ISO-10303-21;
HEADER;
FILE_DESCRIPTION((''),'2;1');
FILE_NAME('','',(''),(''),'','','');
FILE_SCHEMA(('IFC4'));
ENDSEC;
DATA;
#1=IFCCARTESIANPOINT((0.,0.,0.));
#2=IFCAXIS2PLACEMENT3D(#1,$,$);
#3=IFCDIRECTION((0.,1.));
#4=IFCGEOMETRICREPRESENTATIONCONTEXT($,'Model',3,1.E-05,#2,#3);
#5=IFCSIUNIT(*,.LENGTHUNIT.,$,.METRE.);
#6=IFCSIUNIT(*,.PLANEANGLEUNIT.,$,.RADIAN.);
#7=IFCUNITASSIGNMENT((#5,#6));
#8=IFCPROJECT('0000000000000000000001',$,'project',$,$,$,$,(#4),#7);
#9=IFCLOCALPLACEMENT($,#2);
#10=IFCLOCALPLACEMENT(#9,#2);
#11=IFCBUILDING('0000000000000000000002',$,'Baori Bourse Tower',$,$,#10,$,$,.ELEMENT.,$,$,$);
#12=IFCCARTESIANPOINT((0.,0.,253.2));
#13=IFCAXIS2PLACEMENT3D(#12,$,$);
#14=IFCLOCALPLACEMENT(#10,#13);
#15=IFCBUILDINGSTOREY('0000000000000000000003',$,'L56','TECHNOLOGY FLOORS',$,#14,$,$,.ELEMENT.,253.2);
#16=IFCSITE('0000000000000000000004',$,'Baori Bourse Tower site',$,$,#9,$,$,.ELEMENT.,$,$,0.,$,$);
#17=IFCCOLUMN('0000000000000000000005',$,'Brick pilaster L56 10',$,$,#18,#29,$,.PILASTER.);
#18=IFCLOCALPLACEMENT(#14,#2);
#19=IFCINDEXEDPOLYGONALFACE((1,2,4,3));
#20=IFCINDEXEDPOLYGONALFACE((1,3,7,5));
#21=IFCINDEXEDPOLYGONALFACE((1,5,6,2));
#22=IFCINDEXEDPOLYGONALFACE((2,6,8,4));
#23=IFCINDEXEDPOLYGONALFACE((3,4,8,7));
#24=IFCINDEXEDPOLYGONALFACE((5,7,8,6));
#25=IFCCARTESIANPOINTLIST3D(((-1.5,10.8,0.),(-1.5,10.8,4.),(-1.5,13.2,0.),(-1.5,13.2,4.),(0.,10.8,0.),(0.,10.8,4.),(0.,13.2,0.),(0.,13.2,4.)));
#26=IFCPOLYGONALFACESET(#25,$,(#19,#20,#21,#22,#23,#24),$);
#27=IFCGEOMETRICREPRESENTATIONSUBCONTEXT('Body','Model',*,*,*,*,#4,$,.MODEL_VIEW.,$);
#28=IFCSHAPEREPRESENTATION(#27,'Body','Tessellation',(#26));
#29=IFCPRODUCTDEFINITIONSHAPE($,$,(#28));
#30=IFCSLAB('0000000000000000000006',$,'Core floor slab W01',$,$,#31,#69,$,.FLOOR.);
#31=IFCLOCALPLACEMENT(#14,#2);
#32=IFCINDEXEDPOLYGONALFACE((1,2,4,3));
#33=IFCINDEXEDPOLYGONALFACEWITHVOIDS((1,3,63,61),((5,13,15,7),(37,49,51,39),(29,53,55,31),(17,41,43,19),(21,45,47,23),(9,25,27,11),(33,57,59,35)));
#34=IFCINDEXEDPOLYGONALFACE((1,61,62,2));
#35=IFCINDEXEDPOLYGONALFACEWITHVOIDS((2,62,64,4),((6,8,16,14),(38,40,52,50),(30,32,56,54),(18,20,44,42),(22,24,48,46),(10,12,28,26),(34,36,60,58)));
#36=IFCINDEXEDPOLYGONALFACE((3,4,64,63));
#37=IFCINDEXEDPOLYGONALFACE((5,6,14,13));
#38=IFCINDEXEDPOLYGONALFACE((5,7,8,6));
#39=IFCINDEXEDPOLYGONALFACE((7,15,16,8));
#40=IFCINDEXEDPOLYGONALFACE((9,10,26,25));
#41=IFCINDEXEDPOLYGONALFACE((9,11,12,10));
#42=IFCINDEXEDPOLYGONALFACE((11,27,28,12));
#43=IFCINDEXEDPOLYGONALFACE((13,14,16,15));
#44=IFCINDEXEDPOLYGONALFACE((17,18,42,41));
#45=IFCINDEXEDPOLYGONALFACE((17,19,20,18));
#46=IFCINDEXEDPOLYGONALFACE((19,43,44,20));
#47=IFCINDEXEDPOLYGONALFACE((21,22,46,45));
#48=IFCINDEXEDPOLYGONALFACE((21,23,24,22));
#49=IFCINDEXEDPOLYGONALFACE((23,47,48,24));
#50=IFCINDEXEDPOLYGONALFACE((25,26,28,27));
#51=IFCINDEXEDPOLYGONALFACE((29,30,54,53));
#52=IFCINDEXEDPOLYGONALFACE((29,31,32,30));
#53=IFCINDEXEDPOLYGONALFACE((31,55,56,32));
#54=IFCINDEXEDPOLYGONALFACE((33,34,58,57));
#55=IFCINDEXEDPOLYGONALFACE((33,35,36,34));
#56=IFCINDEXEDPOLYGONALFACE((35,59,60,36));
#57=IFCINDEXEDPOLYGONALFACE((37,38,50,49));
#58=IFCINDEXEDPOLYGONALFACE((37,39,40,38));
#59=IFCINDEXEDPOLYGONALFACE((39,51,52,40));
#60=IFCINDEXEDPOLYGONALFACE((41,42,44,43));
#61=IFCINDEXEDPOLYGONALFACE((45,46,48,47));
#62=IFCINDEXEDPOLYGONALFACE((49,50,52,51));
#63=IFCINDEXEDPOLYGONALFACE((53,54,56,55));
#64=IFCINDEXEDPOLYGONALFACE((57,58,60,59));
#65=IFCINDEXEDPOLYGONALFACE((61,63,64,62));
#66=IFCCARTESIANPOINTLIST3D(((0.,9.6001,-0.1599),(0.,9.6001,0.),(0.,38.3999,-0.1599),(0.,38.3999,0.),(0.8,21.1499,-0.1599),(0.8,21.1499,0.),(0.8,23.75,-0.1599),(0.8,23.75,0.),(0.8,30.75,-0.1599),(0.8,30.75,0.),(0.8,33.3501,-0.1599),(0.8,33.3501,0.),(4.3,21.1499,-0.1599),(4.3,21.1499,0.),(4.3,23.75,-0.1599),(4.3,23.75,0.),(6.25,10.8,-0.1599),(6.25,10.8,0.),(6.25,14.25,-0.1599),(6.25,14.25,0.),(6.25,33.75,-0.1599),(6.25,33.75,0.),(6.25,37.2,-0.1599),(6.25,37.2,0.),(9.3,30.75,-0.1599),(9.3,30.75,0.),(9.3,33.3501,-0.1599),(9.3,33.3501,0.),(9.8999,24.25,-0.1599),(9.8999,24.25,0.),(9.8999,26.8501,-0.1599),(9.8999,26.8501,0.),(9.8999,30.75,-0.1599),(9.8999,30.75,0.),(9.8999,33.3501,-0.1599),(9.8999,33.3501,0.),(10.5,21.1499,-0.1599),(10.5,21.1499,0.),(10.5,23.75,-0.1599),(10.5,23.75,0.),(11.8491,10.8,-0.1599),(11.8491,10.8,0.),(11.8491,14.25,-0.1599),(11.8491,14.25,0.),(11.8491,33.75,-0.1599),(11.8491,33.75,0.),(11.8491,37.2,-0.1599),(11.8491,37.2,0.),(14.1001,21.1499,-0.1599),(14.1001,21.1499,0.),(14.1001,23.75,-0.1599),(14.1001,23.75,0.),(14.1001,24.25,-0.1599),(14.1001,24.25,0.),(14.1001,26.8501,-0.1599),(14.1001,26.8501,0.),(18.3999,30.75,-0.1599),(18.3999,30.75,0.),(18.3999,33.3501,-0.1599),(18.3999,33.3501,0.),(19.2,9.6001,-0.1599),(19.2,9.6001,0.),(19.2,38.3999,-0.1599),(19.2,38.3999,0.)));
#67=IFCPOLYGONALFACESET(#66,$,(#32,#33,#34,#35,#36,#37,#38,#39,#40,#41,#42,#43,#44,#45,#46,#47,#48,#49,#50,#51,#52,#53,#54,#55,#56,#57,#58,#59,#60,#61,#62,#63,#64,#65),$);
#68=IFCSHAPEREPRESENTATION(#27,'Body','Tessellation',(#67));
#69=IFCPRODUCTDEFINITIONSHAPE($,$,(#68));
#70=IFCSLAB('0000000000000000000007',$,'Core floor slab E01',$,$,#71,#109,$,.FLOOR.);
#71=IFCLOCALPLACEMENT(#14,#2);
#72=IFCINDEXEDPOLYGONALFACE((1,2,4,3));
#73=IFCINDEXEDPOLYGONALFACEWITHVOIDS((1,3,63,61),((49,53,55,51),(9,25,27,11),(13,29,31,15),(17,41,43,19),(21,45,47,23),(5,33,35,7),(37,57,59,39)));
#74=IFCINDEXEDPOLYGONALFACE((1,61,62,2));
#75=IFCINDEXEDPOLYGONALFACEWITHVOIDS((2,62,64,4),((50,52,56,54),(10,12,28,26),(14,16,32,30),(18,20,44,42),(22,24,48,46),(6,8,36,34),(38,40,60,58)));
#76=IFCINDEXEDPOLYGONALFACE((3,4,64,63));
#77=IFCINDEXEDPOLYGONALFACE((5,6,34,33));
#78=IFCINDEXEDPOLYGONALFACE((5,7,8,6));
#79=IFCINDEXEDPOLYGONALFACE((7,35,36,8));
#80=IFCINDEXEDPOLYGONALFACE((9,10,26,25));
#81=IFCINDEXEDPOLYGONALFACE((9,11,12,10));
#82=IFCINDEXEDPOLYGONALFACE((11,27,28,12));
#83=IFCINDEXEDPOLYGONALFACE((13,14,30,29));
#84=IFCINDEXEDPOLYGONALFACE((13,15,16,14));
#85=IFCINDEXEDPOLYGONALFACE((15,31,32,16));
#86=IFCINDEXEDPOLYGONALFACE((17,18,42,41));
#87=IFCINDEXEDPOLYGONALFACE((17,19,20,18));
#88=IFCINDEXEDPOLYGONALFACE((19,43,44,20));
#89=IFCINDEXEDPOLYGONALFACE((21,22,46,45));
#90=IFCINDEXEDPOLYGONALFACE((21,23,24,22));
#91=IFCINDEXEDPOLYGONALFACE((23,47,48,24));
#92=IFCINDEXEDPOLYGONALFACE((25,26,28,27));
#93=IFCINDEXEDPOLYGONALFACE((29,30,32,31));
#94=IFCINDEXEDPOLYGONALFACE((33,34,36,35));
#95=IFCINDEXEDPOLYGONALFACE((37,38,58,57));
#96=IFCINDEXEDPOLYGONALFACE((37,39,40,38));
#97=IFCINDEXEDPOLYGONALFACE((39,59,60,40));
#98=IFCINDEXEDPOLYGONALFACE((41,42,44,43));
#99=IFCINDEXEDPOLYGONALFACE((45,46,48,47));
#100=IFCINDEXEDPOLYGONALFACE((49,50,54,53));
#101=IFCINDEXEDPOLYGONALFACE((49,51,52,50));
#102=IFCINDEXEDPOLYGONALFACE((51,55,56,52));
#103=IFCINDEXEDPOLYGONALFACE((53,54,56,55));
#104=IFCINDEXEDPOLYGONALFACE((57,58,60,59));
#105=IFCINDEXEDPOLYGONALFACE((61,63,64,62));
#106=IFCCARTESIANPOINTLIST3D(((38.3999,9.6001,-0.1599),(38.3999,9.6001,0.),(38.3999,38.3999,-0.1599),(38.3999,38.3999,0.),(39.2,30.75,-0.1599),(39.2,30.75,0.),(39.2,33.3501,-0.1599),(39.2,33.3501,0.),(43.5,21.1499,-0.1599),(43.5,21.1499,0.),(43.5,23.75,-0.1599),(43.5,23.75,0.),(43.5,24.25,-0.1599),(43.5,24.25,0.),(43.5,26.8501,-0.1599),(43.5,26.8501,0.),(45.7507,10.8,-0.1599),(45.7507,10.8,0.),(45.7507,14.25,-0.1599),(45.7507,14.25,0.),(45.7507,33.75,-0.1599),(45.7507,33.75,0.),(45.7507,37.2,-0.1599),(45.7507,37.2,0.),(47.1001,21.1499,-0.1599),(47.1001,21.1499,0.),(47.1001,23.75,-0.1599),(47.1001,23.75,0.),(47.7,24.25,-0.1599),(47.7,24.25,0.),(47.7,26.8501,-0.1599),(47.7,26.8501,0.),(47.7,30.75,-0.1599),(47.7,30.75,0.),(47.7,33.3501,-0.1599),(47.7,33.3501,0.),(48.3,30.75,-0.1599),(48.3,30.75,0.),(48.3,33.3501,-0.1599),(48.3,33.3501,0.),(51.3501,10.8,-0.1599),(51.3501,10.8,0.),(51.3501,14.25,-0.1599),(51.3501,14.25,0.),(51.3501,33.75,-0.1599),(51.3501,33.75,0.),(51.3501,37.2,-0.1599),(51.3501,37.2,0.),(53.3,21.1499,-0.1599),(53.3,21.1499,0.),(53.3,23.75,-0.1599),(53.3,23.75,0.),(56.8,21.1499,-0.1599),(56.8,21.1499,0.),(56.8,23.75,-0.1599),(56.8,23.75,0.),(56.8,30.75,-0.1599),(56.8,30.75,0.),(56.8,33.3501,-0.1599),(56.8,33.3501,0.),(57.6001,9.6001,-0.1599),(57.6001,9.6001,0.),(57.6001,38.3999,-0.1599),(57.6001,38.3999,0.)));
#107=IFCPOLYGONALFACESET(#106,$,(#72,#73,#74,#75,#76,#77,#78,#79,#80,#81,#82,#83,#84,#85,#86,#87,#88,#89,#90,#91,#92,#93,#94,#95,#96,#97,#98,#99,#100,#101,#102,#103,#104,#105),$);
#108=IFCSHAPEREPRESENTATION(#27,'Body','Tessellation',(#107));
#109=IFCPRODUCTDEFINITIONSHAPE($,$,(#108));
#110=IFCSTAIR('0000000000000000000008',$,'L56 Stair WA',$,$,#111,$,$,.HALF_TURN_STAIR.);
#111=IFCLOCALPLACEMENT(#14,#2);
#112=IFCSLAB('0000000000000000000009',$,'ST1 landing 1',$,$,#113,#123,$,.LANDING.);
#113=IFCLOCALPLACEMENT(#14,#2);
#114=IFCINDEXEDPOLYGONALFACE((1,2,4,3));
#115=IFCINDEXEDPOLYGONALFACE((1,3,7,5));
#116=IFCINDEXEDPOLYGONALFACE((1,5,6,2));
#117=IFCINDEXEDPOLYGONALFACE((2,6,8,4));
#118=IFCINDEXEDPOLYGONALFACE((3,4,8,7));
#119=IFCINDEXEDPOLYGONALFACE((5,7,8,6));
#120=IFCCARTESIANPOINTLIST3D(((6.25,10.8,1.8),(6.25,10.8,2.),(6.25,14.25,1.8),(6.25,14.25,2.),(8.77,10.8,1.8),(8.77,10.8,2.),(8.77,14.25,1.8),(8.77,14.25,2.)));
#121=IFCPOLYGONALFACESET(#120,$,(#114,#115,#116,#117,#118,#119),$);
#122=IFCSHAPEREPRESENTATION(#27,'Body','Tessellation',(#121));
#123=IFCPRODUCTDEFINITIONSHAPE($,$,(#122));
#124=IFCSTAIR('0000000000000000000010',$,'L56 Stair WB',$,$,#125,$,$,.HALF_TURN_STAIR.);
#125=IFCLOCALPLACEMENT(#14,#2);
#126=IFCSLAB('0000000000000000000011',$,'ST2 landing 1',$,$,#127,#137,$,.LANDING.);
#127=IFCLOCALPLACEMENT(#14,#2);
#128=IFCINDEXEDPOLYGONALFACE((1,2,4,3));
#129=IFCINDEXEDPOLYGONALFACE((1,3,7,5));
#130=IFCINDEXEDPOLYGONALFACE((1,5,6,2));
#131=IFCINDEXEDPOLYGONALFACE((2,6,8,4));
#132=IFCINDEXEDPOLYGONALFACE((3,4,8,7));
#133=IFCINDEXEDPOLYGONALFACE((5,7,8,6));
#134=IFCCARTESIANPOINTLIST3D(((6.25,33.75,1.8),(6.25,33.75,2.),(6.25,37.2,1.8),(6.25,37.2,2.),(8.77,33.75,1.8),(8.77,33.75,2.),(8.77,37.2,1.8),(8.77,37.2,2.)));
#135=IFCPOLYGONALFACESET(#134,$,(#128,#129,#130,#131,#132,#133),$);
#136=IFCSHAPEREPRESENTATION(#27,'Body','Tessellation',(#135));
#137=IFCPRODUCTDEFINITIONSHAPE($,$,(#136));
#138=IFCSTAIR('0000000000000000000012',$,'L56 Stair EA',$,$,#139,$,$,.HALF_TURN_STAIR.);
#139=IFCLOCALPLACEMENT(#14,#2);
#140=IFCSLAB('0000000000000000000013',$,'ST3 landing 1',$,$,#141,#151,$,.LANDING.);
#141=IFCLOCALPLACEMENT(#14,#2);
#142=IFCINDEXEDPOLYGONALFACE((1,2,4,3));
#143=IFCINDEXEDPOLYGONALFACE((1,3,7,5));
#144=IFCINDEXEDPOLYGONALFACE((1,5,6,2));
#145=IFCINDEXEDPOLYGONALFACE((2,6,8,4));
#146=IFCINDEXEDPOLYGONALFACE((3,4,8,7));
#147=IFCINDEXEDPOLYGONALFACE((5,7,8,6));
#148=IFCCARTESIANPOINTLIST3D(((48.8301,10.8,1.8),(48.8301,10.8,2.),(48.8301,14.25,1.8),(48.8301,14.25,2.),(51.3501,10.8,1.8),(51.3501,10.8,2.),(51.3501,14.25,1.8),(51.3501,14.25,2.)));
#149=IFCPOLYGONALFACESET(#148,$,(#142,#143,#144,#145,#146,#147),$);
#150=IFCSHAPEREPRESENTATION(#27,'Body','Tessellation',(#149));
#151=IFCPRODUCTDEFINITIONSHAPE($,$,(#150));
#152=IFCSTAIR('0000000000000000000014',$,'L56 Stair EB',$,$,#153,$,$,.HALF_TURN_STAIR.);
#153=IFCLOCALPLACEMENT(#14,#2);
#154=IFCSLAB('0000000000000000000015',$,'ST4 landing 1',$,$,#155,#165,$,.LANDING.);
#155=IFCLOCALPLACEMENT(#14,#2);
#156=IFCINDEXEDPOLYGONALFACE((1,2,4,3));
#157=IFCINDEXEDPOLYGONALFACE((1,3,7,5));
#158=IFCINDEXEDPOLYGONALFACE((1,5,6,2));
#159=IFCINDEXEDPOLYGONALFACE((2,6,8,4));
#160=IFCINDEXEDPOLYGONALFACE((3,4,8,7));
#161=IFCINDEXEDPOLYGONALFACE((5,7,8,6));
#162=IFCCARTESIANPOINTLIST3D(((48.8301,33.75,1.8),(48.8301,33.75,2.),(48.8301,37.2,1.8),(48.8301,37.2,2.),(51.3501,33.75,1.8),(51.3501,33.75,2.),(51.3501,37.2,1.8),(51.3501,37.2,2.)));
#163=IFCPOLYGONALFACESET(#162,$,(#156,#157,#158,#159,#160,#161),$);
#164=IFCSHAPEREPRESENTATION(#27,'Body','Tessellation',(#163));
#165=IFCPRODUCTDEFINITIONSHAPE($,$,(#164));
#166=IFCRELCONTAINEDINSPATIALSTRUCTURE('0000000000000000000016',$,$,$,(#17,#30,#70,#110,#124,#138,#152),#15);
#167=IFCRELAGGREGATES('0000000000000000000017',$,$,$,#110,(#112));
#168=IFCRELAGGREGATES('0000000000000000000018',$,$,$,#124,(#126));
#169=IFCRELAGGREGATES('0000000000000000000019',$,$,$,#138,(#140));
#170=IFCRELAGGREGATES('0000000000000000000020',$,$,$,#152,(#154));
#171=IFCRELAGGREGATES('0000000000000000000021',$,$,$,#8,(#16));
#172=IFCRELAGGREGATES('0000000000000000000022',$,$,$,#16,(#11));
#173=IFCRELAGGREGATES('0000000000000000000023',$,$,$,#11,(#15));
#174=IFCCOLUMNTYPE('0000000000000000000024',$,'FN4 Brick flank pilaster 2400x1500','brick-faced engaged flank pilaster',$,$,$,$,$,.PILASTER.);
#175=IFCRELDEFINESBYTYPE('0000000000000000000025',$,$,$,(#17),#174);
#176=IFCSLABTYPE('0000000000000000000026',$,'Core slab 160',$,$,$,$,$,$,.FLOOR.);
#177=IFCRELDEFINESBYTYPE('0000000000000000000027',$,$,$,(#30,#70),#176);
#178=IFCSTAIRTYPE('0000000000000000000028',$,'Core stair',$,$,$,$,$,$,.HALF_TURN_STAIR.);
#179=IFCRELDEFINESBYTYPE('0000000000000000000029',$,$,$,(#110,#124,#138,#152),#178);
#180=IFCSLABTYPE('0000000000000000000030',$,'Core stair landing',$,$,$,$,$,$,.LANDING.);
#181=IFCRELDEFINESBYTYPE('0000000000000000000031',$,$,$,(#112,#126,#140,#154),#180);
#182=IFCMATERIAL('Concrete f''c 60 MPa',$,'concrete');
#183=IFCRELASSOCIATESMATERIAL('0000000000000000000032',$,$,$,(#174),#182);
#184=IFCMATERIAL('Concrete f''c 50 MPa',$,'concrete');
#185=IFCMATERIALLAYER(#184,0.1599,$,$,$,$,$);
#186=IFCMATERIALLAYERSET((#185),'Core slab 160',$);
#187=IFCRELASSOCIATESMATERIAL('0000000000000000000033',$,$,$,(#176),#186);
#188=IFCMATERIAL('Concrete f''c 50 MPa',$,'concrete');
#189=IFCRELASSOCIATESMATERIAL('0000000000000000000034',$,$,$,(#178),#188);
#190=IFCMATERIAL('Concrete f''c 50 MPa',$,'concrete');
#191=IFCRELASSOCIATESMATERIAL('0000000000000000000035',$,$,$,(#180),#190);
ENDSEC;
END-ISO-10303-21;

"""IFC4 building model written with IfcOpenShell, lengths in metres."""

from ifc_helpers import new_model, si_unit, direction, frame, origin, origin_2d, place, context, subcontext, project, spatial, polyline, rectangle, outline, extrude, material, layer, layer_set, material_profile, profile_set, type_object, element, aggregate, save


model = new_model("IFC4")

# Units and contexts
model_context = context("Model", 3, precision=1e-05, world=origin(), true_north=direction((0.0, 1.0)))
body_context = subcontext(model_context, "Body", "Model", "MODEL_VIEW")
ifc_project = project(units=[si_unit("LENGTHUNIT", "METRE"), si_unit("PLANEANGLEUNIT", "RADIAN")], contexts=[model_context])

# Site, building, storey
site_placement = place(None, origin())
site = spatial("IfcSite", under=ifc_project, at=site_placement, Name="Baori Bourse Tower site", CompositionType="ELEMENT", RefElevation=0.0)
building_placement = place(site_placement, origin())
building = spatial("IfcBuilding", under=site, at=building_placement, Name="Baori Bourse Tower", CompositionType="ELEMENT")
storey_placement = place(building_placement, frame((0.0, 0.0, 253.2)))
storey = spatial("IfcBuildingStorey", under=building, at=storey_placement, Name="L56", Description="TECHNOLOGY FLOORS", CompositionType="ELEMENT", Elevation=253.2)

# Column
ifc_material_1 = material(Name="Concrete f'c 60 MPa", Category="concrete")
ifc_material_profile = material_profile(ifc_material_1, rectangle(XDim=2.3999, YDim=1.5, at=origin_2d()), Name="RC 2400x1500")
ifc_profile_set = profile_set([ifc_material_profile], Name="Concrete f'c 60 MPa")
column_type = type_object("IfcColumnType", Name="FN4 Brick flank pilaster 2400x1500", Description="brick-faced engaged flank pilaster", PredefinedType="PILASTER", material=ifc_profile_set)
column_placement = place(storey_placement, frame((-0.75, 12.0, 0.0), z_axis=(0.0, 0.0, 1.0), x_axis=(0.0, 1.0, 0.0)))
element("IfcColumn", 1, at=column_placement, inside=storey, type_object=column_type, Name="Brick pilaster L56 10", PredefinedType="PILASTER", context=body_context, shape_type="SweptSolid", body=[
    extrude(rectangle(XDim=2.3999, YDim=1.5, at=origin_2d()), origin(), (0.0, 0.0, 1.0), 4.0),
])

# Slabs
ifc_material_2 = material(Name="Concrete f'c 50 MPa", Category="concrete")
ifc_layer_1 = layer(ifc_material_2, 0.1599)
ifc_layer_set_1 = layer_set([ifc_layer_1], Name="Core slab 160")
slab_type_1 = type_object("IfcSlabType", Name="Core slab 160", PredefinedType="FLOOR", material=ifc_layer_set_1)
slab_1_placement = place(storey_placement, frame((0.0, 0.0, -0.1599)))
element("IfcSlab", 2, at=slab_1_placement, inside=storey, type_object=slab_type_1, Name="Core floor slab W01", PredefinedType="FLOOR", context=body_context, shape_type="SweptSolid", body=[
    extrude(outline(polyline([(19.2, 38.3999), (0.0, 38.3999), (0.0, 9.6001), (19.2, 9.6001), (19.2, 38.3999)]), holes=[polyline([(9.8999, 33.3501), (18.3999, 33.3501), (18.3999, 30.75), (9.8999, 30.75), (9.8999, 33.3501)]), polyline([(10.5, 21.1499), (10.5, 23.75), (14.1001, 23.75), (14.1001, 21.1499), (10.5, 21.1499)]), polyline([(14.1001, 24.25), (9.8999, 24.25), (9.8999, 26.8501), (14.1001, 26.8501), (14.1001, 24.25)]), polyline([(6.25, 14.25), (11.8491, 14.25), (11.8491, 10.8), (6.25, 10.8), (6.25, 14.25)]), polyline([(11.8491, 37.2), (11.8491, 33.75), (6.25, 33.75), (6.25, 37.2), (11.8491, 37.2)]), polyline([(0.8, 30.75), (0.8, 33.3501), (9.3, 33.3501), (9.3, 30.75), (0.8, 30.75)]), polyline([(4.3, 23.75), (4.3, 21.1499), (0.8, 21.1499), (0.8, 23.75), (4.3, 23.75)])]), origin(), (0.0, 0.0, 1.0), 0.1599),
])
slab_2_placement = place(storey_placement, frame((0.0, 0.0, -0.1599)))
element("IfcSlab", 3, at=slab_2_placement, inside=storey, type_object=slab_type_1, Name="Core floor slab E01", PredefinedType="FLOOR", context=body_context, shape_type="SweptSolid", body=[
    extrude(outline(polyline([(57.6001, 9.6001), (57.6001, 38.3999), (38.3999, 38.3999), (38.3999, 9.6001), (57.6001, 9.6001)]), holes=[polyline([(48.3, 33.3501), (56.8, 33.3501), (56.8, 30.75), (48.3, 30.75), (48.3, 33.3501)]), polyline([(56.8, 21.1499), (53.3, 21.1499), (53.3, 23.75), (56.8, 23.75), (56.8, 21.1499)]), polyline([(45.7507, 14.25), (51.3501, 14.25), (51.3501, 10.8), (45.7507, 10.8), (45.7507, 14.25)]), polyline([(51.3501, 37.2), (51.3501, 33.75), (45.7507, 33.75), (45.7507, 37.2), (51.3501, 37.2)]), polyline([(43.5, 24.25), (43.5, 26.8501), (47.7, 26.8501), (47.7, 24.25), (43.5, 24.25)]), polyline([(47.7, 33.3501), (47.7, 30.75), (39.2, 30.75), (39.2, 33.3501), (47.7, 33.3501)]), polyline([(43.5, 23.75), (47.1001, 23.75), (47.1001, 21.1499), (43.5, 21.1499), (43.5, 23.75)])]), origin(), (0.0, 0.0, 1.0), 0.1599),
])

# Stairs, slabs
ifc_material_3 = material(Name="Concrete f'c 50 MPa", Category="concrete")
stair_type = type_object("IfcStairType", Name="Core stair", PredefinedType="HALF_TURN_STAIR", material=ifc_material_3)
stair_1_placement = place(storey_placement, origin())
stair_1 = element("IfcStair", 4, at=stair_1_placement, inside=storey, type_object=stair_type, Name="L56 Stair WA", PredefinedType="HALF_TURN_STAIR")
ifc_material_4 = material(Name="Concrete f'c 50 MPa", Category="concrete")
slab_type_2 = type_object("IfcSlabType", Name="Core stair landing", PredefinedType="LANDING", material=ifc_material_4)
slab_3_placement = place(storey_placement, frame((0.0, 0.0, 1.8)))
slab_3 = element("IfcSlab", 5, at=slab_3_placement, type_object=slab_type_2, Name="ST1 landing 1", PredefinedType="LANDING", context=body_context, shape_type="SweptSolid", body=[
    extrude(outline(polyline([(8.77, 14.25), (6.25, 14.25), (6.25, 10.8), (8.77, 10.8), (8.77, 14.25)])), origin(), (0.0, 0.0, 1.0), 0.2),
])
aggregate(stair_1, [slab_3])
stair_2_placement = place(storey_placement, origin())
stair_2 = element("IfcStair", 6, at=stair_2_placement, inside=storey, type_object=stair_type, Name="L56 Stair WB", PredefinedType="HALF_TURN_STAIR")
slab_4_placement = place(storey_placement, frame((0.0, 0.0, 1.8)))
slab_4 = element("IfcSlab", 7, at=slab_4_placement, type_object=slab_type_2, Name="ST2 landing 1", PredefinedType="LANDING", context=body_context, shape_type="SweptSolid", body=[
    extrude(outline(polyline([(8.77, 37.2), (6.25, 37.2), (6.25, 33.75), (8.77, 33.75), (8.77, 37.2)])), origin(), (0.0, 0.0, 1.0), 0.2),
])
aggregate(stair_2, [slab_4])
stair_3_placement = place(storey_placement, origin())
stair_3 = element("IfcStair", 8, at=stair_3_placement, inside=storey, type_object=stair_type, Name="L56 Stair EA", PredefinedType="HALF_TURN_STAIR")
slab_5_placement = place(storey_placement, frame((0.0, 0.0, 1.8)))
slab_5 = element("IfcSlab", 9, at=slab_5_placement, type_object=slab_type_2, Name="ST3 landing 1", PredefinedType="LANDING", context=body_context, shape_type="SweptSolid", body=[
    extrude(outline(polyline([(48.8301, 10.8), (51.3501, 10.8), (51.3501, 14.25), (48.8301, 14.25), (48.8301, 10.8)])), origin(), (0.0, 0.0, 1.0), 0.2),
])
aggregate(stair_3, [slab_5])
stair_4_placement = place(storey_placement, origin())
stair_4 = element("IfcStair", 10, at=stair_4_placement, inside=storey, type_object=stair_type, Name="L56 Stair EB", PredefinedType="HALF_TURN_STAIR")
slab_6_placement = place(storey_placement, frame((0.0, 0.0, 1.8)))
slab_6 = element("IfcSlab", 11, at=slab_6_placement, type_object=slab_type_2, Name="ST4 landing 1", PredefinedType="LANDING", context=body_context, shape_type="SweptSolid", body=[
    extrude(outline(polyline([(48.8301, 33.75), (51.3501, 33.75), (51.3501, 37.2), (48.8301, 37.2), (48.8301, 33.75)])), origin(), (0.0, 0.0, 1.0), 0.2),
])
aggregate(stair_4, [slab_6])

save(model, "model.ifc")
